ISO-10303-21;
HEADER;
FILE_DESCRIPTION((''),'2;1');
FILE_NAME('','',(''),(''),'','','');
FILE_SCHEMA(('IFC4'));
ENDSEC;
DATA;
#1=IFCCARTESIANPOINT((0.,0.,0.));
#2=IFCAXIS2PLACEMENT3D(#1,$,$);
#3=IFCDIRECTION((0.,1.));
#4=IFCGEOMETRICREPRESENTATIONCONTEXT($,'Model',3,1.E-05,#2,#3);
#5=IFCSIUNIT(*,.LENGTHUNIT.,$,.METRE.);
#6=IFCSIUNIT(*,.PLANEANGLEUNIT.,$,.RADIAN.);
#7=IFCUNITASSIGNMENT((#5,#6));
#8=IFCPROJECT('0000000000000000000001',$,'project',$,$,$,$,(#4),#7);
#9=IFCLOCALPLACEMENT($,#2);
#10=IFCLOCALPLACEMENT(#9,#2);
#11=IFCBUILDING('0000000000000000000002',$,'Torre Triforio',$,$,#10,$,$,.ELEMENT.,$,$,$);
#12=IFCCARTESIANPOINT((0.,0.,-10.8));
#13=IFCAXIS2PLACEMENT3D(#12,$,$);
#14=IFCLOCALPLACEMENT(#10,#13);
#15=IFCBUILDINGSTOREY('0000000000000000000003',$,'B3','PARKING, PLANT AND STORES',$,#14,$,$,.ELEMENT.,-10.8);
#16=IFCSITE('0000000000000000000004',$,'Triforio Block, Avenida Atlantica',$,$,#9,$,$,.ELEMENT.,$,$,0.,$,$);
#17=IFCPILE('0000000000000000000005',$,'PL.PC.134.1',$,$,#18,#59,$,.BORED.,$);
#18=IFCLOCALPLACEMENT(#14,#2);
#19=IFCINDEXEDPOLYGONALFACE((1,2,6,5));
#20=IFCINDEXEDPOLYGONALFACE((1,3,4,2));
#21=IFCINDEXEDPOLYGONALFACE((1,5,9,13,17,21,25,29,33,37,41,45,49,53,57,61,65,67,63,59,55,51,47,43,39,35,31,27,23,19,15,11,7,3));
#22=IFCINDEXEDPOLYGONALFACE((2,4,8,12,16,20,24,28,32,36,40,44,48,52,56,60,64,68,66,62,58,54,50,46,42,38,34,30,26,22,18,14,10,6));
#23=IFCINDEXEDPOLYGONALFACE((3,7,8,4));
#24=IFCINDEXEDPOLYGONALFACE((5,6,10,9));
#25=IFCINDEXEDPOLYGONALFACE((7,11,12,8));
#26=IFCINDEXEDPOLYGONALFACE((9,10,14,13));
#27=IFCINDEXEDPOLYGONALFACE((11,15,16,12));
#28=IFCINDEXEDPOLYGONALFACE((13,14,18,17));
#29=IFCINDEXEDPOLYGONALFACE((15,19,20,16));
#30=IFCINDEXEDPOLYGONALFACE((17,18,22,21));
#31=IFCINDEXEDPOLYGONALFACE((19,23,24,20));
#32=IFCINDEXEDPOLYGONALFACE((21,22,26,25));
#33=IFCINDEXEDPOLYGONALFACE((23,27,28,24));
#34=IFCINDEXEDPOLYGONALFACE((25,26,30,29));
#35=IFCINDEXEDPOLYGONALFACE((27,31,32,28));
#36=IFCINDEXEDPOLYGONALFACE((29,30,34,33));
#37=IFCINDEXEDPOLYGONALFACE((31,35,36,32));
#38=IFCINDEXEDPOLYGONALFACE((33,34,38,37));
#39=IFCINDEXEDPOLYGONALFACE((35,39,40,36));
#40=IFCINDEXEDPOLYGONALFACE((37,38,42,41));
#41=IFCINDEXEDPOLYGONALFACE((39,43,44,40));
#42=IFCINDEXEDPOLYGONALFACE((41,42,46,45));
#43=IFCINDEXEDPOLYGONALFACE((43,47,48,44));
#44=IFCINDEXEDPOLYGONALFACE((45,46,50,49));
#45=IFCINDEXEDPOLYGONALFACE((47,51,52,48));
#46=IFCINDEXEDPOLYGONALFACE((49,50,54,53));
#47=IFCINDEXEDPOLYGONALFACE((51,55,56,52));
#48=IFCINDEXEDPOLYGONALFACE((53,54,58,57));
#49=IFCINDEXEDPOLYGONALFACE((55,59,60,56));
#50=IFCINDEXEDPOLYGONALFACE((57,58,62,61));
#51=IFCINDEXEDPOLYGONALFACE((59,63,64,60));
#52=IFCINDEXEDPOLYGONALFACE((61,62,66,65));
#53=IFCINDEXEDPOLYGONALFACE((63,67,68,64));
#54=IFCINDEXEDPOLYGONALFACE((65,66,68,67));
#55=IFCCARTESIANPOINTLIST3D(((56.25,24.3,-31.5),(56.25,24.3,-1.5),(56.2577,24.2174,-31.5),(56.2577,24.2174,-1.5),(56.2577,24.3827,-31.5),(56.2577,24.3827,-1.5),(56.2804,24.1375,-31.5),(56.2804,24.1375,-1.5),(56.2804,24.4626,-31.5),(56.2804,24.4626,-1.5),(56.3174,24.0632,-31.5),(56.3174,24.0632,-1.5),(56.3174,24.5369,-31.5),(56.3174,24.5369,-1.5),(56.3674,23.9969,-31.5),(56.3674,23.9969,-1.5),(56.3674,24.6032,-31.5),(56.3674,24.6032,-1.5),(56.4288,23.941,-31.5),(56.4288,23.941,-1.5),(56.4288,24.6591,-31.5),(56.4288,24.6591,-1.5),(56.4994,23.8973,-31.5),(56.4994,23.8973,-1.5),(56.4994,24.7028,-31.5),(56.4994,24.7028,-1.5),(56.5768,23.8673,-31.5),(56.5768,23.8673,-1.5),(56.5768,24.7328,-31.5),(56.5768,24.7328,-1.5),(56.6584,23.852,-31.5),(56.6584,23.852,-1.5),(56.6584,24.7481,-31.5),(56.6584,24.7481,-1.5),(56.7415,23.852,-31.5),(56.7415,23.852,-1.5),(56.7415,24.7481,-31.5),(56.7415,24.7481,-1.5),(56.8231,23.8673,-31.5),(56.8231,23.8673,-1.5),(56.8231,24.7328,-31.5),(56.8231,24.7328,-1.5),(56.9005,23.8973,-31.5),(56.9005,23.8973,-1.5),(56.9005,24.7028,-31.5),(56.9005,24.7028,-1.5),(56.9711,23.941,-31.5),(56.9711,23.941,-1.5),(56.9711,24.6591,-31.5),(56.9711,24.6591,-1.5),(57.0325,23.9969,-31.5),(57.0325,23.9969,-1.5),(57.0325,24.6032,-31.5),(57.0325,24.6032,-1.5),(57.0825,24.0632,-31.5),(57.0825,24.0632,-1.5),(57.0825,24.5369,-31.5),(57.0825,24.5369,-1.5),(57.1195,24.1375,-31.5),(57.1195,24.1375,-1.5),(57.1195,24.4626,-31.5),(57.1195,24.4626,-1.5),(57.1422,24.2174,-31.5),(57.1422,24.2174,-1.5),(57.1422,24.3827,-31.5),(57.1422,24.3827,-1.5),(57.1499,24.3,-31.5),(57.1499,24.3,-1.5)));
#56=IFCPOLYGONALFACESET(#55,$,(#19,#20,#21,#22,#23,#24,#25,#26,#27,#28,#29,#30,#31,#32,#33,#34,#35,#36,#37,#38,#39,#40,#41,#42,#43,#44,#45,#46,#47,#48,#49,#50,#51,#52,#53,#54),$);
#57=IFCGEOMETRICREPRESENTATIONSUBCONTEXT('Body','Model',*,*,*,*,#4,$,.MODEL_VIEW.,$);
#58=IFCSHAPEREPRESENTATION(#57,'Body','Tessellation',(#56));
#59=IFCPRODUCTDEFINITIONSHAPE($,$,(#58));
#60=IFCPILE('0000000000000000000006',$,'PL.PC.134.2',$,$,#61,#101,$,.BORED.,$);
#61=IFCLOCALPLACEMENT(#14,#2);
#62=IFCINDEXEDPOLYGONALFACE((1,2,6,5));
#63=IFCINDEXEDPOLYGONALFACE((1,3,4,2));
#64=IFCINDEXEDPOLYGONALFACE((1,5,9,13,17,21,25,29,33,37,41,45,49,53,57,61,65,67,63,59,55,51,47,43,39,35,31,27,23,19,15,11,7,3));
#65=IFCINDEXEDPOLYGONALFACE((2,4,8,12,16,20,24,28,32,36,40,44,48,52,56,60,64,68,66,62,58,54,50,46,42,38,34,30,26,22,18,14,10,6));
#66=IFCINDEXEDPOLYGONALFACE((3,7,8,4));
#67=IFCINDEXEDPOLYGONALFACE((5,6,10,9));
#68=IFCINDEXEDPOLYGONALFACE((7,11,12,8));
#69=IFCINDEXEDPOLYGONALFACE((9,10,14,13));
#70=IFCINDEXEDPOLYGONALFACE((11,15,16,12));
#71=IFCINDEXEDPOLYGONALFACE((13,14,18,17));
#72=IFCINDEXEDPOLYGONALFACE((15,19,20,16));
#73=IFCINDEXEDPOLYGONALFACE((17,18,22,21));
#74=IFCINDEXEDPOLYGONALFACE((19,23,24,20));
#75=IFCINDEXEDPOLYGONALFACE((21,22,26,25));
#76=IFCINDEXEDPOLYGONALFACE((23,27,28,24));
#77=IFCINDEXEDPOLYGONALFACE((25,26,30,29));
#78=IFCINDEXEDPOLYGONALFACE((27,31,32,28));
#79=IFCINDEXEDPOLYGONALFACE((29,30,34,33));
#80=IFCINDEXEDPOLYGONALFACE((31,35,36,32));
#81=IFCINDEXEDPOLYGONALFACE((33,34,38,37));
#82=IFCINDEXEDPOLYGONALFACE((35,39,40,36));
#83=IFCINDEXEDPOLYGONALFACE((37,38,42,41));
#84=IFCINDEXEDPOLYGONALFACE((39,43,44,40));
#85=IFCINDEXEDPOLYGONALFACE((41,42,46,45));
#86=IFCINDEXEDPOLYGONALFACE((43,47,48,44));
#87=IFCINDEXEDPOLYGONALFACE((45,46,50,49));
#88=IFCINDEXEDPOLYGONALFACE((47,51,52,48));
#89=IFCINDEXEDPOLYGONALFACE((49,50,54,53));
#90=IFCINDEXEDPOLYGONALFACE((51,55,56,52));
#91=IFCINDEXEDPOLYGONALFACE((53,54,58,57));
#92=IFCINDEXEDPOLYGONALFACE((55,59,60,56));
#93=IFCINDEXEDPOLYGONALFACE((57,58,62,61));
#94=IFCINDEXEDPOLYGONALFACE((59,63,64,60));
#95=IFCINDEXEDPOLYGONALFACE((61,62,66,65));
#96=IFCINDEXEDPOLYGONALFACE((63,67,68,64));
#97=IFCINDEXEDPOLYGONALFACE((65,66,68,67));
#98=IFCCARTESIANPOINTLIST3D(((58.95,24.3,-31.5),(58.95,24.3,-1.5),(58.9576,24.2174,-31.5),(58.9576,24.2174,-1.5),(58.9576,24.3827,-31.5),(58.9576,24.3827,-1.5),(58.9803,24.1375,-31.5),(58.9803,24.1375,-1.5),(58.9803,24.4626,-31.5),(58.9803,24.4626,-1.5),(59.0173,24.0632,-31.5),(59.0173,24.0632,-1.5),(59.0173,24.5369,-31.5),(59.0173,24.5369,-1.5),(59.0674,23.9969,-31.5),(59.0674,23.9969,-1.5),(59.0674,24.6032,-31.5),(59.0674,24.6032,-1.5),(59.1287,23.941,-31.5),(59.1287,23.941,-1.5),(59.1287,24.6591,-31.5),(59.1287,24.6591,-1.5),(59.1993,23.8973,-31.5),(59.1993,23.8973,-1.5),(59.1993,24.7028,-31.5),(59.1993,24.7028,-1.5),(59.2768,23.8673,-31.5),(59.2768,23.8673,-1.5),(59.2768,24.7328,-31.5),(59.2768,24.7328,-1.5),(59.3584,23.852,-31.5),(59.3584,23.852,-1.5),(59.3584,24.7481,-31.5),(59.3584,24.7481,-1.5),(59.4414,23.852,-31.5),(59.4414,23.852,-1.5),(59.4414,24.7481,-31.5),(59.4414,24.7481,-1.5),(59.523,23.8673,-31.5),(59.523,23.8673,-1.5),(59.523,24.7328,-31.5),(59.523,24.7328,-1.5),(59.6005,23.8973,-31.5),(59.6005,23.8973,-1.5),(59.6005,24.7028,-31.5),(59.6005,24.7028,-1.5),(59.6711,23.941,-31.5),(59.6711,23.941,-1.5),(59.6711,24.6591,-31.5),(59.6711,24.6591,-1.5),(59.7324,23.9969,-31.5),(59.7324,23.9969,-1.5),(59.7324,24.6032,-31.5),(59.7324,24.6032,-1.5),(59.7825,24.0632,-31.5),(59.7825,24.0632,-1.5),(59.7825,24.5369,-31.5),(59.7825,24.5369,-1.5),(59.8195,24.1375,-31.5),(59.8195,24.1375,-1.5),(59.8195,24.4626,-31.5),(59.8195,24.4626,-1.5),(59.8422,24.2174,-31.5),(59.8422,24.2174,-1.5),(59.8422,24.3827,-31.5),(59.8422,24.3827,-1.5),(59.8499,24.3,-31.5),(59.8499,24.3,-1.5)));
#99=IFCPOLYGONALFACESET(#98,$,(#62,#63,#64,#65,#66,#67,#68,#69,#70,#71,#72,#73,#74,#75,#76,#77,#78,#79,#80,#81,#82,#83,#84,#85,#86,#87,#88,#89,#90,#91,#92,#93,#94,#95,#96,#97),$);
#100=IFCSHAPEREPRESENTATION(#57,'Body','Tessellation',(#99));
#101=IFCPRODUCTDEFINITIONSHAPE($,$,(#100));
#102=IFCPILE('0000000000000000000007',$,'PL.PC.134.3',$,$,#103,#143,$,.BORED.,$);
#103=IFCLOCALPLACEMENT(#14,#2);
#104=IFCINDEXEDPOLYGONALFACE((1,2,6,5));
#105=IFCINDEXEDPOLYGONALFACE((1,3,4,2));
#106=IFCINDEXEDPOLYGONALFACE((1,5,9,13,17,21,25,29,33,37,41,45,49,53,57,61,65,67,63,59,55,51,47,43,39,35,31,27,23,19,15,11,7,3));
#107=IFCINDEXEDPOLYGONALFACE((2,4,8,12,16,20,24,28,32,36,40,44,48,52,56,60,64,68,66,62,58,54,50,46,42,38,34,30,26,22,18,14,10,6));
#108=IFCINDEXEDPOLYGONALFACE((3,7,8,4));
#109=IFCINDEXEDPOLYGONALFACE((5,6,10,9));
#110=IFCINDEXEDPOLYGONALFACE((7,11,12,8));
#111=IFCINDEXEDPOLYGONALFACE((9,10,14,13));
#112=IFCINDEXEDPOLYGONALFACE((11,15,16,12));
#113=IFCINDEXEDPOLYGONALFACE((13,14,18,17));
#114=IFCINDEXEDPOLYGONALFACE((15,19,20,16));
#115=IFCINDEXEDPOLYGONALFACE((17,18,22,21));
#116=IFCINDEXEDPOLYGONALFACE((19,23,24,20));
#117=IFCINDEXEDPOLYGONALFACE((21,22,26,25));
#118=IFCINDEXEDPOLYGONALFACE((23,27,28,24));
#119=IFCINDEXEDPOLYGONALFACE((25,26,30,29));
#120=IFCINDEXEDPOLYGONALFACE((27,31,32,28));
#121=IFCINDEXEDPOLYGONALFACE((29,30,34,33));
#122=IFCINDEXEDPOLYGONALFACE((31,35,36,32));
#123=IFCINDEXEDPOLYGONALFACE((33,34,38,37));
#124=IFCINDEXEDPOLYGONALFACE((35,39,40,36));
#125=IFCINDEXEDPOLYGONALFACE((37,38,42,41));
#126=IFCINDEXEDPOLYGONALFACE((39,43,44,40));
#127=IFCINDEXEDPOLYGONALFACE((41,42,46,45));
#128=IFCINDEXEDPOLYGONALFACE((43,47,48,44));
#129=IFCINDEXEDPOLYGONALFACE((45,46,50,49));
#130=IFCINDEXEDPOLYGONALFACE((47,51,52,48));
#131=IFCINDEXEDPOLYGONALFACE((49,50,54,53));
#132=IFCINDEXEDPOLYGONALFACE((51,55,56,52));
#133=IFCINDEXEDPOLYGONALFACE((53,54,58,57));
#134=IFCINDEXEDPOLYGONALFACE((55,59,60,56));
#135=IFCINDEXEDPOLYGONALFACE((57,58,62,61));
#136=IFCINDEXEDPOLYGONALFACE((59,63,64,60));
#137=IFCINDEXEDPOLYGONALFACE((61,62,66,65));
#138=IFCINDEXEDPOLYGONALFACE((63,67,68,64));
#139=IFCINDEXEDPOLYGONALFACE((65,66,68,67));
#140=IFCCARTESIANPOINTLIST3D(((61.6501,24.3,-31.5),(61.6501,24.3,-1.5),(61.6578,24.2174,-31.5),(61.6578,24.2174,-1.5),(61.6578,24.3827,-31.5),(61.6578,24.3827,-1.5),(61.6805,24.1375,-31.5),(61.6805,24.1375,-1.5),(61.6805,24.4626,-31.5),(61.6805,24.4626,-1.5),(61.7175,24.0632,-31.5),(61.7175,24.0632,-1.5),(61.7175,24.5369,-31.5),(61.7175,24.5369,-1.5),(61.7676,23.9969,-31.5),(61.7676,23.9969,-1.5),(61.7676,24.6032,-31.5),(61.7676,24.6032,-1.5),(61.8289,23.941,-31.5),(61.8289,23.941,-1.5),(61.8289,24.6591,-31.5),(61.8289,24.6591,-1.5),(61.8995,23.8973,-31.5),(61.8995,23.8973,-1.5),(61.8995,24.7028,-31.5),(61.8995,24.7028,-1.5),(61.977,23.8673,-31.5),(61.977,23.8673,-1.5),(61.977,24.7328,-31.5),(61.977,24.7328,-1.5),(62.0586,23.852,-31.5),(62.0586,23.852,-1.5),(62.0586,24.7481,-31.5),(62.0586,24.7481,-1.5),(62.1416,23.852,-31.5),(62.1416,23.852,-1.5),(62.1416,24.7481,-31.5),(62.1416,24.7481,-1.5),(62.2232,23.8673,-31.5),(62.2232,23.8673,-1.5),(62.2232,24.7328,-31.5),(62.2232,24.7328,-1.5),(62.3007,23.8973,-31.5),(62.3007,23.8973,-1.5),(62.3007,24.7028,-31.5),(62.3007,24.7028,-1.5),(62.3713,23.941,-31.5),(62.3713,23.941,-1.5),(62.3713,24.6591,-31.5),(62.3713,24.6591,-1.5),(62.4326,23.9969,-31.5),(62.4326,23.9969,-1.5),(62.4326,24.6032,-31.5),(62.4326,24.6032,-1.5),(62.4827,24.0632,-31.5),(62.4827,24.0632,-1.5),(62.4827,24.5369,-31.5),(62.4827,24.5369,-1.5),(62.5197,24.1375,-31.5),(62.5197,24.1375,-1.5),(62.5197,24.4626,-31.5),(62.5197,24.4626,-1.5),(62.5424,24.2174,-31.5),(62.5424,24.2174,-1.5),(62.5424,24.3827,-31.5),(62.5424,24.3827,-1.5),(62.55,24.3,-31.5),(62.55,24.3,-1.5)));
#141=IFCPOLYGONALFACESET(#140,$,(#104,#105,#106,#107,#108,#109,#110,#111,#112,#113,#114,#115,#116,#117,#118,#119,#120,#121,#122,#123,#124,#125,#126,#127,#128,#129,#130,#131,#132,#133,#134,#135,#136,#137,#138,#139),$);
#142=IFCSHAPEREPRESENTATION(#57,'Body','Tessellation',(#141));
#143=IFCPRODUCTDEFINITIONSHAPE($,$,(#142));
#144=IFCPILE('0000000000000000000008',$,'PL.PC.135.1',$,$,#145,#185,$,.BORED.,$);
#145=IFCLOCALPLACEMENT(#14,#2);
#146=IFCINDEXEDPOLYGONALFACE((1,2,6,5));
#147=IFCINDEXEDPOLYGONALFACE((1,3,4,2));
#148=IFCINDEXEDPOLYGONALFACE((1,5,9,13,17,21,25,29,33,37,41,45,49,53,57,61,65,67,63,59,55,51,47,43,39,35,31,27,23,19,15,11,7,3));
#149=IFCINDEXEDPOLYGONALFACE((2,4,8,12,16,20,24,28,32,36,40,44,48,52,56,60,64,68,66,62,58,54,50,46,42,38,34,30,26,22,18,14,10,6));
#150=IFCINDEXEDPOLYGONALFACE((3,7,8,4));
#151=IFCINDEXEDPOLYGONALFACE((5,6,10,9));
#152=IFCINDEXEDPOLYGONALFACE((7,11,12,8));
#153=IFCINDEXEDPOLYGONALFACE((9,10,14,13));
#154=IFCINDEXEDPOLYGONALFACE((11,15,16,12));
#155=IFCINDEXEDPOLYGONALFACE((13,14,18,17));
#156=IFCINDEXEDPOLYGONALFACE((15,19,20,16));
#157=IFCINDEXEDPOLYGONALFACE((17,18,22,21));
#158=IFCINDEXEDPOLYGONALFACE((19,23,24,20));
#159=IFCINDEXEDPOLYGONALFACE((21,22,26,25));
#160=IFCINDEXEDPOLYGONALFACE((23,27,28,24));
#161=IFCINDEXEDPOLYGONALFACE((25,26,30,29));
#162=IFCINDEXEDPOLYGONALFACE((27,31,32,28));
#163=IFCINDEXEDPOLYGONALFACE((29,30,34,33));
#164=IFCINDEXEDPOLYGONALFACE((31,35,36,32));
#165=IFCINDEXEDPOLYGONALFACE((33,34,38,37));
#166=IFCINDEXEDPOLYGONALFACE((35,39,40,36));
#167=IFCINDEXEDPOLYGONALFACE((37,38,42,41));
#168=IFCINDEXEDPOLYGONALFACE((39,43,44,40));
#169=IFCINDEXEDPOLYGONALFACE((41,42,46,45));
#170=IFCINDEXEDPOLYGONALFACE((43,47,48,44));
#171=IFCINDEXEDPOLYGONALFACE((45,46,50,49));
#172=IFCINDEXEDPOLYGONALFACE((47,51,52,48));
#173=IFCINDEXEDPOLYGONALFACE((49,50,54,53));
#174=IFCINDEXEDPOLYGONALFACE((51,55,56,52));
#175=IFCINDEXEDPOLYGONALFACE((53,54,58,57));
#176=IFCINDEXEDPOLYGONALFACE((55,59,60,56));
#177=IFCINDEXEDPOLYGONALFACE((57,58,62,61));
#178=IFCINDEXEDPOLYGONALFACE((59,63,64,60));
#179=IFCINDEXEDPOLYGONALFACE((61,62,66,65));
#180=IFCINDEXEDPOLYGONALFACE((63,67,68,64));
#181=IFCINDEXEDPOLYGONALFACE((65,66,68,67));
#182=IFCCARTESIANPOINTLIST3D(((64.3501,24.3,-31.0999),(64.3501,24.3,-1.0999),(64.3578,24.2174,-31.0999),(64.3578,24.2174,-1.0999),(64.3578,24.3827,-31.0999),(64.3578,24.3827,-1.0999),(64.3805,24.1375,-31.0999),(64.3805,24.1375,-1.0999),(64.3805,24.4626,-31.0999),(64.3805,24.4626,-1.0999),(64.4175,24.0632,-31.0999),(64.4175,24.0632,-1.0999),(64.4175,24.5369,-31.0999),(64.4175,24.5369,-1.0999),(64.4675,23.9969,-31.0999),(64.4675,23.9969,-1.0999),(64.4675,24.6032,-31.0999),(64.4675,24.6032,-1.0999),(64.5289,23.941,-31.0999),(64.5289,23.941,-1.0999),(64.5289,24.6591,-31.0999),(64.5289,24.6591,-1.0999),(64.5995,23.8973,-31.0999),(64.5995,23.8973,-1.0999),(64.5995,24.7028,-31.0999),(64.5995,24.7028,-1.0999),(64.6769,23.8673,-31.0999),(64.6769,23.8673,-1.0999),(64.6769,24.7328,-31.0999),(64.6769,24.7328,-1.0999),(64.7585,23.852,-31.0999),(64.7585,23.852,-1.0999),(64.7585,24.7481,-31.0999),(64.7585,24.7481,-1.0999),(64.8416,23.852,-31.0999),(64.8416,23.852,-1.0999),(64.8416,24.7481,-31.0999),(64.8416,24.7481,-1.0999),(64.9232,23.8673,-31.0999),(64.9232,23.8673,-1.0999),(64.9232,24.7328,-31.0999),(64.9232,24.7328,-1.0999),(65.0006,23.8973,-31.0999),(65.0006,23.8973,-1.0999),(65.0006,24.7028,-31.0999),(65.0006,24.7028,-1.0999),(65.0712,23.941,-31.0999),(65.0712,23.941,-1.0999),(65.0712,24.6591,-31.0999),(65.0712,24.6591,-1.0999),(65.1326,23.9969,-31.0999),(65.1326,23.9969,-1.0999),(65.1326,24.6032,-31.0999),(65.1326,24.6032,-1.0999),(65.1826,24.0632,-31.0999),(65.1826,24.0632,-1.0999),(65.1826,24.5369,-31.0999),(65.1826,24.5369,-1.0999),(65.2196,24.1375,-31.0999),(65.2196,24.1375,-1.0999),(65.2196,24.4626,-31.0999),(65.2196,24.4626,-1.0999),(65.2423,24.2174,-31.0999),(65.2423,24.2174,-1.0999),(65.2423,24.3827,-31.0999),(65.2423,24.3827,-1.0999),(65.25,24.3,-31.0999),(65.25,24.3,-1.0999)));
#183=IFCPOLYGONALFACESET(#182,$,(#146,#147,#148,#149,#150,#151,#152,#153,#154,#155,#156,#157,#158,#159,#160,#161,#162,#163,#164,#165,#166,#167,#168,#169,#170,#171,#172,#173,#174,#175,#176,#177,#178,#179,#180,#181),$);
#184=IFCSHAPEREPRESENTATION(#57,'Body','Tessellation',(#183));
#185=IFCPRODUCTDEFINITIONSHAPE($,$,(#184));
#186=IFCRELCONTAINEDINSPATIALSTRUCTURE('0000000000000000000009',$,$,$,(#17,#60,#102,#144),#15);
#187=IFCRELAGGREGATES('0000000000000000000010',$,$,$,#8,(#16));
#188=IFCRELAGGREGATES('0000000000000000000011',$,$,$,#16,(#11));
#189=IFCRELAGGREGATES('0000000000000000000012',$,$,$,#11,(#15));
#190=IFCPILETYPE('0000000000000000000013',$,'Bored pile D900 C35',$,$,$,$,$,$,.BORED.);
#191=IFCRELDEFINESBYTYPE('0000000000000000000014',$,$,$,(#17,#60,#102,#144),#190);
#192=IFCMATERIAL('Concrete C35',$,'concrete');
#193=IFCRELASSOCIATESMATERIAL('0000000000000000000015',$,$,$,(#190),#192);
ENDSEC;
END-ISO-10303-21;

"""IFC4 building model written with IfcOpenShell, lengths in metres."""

from ifc_helpers import new_model, si_unit, direction, frame, origin, origin_2d, place, context, subcontext, project, spatial, circle, extrude, material, material_profile, profile_set, type_object, element, save


model = new_model("IFC4")

# Units and contexts
model_context = context("Model", 3, precision=1e-05, world=origin(), true_north=direction((0.0, 1.0)))
body_context = subcontext(model_context, "Body", "Model", "MODEL_VIEW")
ifc_project = project(units=[si_unit("LENGTHUNIT", "METRE"), si_unit("PLANEANGLEUNIT", "RADIAN")], contexts=[model_context])

# Site, building, storey
site_placement = place(None, origin())
site = spatial("IfcSite", under=ifc_project, at=site_placement, Name="Triforio Block, Avenida Atlantica", CompositionType="ELEMENT", RefElevation=0.0)
building_placement = place(site_placement, origin())
building = spatial("IfcBuilding", under=site, at=building_placement, Name="Torre Triforio", CompositionType="ELEMENT")
storey_placement = place(building_placement, frame((0.0, 0.0, -10.8)))
storey = spatial("IfcBuildingStorey", under=building, at=storey_placement, Name="B3", Description="PARKING, PLANT AND STORES", CompositionType="ELEMENT", Elevation=-10.8)

# Piles
ifc_material_1 = material(Name="Concrete C35", Category="concrete")
ifc_material_profile_1 = material_profile(ifc_material_1, circle(Radius=0.45, at=origin_2d()), Name="RC D900")
ifc_profile_set_1 = profile_set([ifc_material_profile_1], Name="Concrete C35")
pile_type = type_object("IfcPileType", Name="Bored pile D900 C35", PredefinedType="BORED", material=ifc_profile_set_1)
for number, where, z_axis, x_axis, name in (
    (1, (56.7, 24.3, -1.5), (0.0, 0.0, -1.0), (1.0, 0.0, 0.0), "PL.PC.134.1"),
    (2, (59.3999, 24.3, -1.5), (0.0, 0.0, -1.0), (1.0, 0.0, 0.0), "PL.PC.134.2"),
    (3, (62.1001, 24.3, -1.5), (0.0, 0.0, -1.0), (1.0, 0.0, 0.0), "PL.PC.134.3"),
    (4, (64.8, 24.3, -1.0999), (0.0, 0.0, -1.0), (1.0, 0.0, 0.0), "PL.PC.135.1"),
):
    element("IfcPile", number, at=place(storey_placement, frame(where, z_axis=z_axis, x_axis=x_axis)), inside=storey, type_object=pile_type, Name=name, PredefinedType="BORED", context=body_context, shape_type="SweptSolid", body=[
        extrude(circle(Radius=0.45, at=origin_2d()), origin(), (0.0, 0.0, 1.0), 30.0),
    ])

save(model, "model.ifc")
